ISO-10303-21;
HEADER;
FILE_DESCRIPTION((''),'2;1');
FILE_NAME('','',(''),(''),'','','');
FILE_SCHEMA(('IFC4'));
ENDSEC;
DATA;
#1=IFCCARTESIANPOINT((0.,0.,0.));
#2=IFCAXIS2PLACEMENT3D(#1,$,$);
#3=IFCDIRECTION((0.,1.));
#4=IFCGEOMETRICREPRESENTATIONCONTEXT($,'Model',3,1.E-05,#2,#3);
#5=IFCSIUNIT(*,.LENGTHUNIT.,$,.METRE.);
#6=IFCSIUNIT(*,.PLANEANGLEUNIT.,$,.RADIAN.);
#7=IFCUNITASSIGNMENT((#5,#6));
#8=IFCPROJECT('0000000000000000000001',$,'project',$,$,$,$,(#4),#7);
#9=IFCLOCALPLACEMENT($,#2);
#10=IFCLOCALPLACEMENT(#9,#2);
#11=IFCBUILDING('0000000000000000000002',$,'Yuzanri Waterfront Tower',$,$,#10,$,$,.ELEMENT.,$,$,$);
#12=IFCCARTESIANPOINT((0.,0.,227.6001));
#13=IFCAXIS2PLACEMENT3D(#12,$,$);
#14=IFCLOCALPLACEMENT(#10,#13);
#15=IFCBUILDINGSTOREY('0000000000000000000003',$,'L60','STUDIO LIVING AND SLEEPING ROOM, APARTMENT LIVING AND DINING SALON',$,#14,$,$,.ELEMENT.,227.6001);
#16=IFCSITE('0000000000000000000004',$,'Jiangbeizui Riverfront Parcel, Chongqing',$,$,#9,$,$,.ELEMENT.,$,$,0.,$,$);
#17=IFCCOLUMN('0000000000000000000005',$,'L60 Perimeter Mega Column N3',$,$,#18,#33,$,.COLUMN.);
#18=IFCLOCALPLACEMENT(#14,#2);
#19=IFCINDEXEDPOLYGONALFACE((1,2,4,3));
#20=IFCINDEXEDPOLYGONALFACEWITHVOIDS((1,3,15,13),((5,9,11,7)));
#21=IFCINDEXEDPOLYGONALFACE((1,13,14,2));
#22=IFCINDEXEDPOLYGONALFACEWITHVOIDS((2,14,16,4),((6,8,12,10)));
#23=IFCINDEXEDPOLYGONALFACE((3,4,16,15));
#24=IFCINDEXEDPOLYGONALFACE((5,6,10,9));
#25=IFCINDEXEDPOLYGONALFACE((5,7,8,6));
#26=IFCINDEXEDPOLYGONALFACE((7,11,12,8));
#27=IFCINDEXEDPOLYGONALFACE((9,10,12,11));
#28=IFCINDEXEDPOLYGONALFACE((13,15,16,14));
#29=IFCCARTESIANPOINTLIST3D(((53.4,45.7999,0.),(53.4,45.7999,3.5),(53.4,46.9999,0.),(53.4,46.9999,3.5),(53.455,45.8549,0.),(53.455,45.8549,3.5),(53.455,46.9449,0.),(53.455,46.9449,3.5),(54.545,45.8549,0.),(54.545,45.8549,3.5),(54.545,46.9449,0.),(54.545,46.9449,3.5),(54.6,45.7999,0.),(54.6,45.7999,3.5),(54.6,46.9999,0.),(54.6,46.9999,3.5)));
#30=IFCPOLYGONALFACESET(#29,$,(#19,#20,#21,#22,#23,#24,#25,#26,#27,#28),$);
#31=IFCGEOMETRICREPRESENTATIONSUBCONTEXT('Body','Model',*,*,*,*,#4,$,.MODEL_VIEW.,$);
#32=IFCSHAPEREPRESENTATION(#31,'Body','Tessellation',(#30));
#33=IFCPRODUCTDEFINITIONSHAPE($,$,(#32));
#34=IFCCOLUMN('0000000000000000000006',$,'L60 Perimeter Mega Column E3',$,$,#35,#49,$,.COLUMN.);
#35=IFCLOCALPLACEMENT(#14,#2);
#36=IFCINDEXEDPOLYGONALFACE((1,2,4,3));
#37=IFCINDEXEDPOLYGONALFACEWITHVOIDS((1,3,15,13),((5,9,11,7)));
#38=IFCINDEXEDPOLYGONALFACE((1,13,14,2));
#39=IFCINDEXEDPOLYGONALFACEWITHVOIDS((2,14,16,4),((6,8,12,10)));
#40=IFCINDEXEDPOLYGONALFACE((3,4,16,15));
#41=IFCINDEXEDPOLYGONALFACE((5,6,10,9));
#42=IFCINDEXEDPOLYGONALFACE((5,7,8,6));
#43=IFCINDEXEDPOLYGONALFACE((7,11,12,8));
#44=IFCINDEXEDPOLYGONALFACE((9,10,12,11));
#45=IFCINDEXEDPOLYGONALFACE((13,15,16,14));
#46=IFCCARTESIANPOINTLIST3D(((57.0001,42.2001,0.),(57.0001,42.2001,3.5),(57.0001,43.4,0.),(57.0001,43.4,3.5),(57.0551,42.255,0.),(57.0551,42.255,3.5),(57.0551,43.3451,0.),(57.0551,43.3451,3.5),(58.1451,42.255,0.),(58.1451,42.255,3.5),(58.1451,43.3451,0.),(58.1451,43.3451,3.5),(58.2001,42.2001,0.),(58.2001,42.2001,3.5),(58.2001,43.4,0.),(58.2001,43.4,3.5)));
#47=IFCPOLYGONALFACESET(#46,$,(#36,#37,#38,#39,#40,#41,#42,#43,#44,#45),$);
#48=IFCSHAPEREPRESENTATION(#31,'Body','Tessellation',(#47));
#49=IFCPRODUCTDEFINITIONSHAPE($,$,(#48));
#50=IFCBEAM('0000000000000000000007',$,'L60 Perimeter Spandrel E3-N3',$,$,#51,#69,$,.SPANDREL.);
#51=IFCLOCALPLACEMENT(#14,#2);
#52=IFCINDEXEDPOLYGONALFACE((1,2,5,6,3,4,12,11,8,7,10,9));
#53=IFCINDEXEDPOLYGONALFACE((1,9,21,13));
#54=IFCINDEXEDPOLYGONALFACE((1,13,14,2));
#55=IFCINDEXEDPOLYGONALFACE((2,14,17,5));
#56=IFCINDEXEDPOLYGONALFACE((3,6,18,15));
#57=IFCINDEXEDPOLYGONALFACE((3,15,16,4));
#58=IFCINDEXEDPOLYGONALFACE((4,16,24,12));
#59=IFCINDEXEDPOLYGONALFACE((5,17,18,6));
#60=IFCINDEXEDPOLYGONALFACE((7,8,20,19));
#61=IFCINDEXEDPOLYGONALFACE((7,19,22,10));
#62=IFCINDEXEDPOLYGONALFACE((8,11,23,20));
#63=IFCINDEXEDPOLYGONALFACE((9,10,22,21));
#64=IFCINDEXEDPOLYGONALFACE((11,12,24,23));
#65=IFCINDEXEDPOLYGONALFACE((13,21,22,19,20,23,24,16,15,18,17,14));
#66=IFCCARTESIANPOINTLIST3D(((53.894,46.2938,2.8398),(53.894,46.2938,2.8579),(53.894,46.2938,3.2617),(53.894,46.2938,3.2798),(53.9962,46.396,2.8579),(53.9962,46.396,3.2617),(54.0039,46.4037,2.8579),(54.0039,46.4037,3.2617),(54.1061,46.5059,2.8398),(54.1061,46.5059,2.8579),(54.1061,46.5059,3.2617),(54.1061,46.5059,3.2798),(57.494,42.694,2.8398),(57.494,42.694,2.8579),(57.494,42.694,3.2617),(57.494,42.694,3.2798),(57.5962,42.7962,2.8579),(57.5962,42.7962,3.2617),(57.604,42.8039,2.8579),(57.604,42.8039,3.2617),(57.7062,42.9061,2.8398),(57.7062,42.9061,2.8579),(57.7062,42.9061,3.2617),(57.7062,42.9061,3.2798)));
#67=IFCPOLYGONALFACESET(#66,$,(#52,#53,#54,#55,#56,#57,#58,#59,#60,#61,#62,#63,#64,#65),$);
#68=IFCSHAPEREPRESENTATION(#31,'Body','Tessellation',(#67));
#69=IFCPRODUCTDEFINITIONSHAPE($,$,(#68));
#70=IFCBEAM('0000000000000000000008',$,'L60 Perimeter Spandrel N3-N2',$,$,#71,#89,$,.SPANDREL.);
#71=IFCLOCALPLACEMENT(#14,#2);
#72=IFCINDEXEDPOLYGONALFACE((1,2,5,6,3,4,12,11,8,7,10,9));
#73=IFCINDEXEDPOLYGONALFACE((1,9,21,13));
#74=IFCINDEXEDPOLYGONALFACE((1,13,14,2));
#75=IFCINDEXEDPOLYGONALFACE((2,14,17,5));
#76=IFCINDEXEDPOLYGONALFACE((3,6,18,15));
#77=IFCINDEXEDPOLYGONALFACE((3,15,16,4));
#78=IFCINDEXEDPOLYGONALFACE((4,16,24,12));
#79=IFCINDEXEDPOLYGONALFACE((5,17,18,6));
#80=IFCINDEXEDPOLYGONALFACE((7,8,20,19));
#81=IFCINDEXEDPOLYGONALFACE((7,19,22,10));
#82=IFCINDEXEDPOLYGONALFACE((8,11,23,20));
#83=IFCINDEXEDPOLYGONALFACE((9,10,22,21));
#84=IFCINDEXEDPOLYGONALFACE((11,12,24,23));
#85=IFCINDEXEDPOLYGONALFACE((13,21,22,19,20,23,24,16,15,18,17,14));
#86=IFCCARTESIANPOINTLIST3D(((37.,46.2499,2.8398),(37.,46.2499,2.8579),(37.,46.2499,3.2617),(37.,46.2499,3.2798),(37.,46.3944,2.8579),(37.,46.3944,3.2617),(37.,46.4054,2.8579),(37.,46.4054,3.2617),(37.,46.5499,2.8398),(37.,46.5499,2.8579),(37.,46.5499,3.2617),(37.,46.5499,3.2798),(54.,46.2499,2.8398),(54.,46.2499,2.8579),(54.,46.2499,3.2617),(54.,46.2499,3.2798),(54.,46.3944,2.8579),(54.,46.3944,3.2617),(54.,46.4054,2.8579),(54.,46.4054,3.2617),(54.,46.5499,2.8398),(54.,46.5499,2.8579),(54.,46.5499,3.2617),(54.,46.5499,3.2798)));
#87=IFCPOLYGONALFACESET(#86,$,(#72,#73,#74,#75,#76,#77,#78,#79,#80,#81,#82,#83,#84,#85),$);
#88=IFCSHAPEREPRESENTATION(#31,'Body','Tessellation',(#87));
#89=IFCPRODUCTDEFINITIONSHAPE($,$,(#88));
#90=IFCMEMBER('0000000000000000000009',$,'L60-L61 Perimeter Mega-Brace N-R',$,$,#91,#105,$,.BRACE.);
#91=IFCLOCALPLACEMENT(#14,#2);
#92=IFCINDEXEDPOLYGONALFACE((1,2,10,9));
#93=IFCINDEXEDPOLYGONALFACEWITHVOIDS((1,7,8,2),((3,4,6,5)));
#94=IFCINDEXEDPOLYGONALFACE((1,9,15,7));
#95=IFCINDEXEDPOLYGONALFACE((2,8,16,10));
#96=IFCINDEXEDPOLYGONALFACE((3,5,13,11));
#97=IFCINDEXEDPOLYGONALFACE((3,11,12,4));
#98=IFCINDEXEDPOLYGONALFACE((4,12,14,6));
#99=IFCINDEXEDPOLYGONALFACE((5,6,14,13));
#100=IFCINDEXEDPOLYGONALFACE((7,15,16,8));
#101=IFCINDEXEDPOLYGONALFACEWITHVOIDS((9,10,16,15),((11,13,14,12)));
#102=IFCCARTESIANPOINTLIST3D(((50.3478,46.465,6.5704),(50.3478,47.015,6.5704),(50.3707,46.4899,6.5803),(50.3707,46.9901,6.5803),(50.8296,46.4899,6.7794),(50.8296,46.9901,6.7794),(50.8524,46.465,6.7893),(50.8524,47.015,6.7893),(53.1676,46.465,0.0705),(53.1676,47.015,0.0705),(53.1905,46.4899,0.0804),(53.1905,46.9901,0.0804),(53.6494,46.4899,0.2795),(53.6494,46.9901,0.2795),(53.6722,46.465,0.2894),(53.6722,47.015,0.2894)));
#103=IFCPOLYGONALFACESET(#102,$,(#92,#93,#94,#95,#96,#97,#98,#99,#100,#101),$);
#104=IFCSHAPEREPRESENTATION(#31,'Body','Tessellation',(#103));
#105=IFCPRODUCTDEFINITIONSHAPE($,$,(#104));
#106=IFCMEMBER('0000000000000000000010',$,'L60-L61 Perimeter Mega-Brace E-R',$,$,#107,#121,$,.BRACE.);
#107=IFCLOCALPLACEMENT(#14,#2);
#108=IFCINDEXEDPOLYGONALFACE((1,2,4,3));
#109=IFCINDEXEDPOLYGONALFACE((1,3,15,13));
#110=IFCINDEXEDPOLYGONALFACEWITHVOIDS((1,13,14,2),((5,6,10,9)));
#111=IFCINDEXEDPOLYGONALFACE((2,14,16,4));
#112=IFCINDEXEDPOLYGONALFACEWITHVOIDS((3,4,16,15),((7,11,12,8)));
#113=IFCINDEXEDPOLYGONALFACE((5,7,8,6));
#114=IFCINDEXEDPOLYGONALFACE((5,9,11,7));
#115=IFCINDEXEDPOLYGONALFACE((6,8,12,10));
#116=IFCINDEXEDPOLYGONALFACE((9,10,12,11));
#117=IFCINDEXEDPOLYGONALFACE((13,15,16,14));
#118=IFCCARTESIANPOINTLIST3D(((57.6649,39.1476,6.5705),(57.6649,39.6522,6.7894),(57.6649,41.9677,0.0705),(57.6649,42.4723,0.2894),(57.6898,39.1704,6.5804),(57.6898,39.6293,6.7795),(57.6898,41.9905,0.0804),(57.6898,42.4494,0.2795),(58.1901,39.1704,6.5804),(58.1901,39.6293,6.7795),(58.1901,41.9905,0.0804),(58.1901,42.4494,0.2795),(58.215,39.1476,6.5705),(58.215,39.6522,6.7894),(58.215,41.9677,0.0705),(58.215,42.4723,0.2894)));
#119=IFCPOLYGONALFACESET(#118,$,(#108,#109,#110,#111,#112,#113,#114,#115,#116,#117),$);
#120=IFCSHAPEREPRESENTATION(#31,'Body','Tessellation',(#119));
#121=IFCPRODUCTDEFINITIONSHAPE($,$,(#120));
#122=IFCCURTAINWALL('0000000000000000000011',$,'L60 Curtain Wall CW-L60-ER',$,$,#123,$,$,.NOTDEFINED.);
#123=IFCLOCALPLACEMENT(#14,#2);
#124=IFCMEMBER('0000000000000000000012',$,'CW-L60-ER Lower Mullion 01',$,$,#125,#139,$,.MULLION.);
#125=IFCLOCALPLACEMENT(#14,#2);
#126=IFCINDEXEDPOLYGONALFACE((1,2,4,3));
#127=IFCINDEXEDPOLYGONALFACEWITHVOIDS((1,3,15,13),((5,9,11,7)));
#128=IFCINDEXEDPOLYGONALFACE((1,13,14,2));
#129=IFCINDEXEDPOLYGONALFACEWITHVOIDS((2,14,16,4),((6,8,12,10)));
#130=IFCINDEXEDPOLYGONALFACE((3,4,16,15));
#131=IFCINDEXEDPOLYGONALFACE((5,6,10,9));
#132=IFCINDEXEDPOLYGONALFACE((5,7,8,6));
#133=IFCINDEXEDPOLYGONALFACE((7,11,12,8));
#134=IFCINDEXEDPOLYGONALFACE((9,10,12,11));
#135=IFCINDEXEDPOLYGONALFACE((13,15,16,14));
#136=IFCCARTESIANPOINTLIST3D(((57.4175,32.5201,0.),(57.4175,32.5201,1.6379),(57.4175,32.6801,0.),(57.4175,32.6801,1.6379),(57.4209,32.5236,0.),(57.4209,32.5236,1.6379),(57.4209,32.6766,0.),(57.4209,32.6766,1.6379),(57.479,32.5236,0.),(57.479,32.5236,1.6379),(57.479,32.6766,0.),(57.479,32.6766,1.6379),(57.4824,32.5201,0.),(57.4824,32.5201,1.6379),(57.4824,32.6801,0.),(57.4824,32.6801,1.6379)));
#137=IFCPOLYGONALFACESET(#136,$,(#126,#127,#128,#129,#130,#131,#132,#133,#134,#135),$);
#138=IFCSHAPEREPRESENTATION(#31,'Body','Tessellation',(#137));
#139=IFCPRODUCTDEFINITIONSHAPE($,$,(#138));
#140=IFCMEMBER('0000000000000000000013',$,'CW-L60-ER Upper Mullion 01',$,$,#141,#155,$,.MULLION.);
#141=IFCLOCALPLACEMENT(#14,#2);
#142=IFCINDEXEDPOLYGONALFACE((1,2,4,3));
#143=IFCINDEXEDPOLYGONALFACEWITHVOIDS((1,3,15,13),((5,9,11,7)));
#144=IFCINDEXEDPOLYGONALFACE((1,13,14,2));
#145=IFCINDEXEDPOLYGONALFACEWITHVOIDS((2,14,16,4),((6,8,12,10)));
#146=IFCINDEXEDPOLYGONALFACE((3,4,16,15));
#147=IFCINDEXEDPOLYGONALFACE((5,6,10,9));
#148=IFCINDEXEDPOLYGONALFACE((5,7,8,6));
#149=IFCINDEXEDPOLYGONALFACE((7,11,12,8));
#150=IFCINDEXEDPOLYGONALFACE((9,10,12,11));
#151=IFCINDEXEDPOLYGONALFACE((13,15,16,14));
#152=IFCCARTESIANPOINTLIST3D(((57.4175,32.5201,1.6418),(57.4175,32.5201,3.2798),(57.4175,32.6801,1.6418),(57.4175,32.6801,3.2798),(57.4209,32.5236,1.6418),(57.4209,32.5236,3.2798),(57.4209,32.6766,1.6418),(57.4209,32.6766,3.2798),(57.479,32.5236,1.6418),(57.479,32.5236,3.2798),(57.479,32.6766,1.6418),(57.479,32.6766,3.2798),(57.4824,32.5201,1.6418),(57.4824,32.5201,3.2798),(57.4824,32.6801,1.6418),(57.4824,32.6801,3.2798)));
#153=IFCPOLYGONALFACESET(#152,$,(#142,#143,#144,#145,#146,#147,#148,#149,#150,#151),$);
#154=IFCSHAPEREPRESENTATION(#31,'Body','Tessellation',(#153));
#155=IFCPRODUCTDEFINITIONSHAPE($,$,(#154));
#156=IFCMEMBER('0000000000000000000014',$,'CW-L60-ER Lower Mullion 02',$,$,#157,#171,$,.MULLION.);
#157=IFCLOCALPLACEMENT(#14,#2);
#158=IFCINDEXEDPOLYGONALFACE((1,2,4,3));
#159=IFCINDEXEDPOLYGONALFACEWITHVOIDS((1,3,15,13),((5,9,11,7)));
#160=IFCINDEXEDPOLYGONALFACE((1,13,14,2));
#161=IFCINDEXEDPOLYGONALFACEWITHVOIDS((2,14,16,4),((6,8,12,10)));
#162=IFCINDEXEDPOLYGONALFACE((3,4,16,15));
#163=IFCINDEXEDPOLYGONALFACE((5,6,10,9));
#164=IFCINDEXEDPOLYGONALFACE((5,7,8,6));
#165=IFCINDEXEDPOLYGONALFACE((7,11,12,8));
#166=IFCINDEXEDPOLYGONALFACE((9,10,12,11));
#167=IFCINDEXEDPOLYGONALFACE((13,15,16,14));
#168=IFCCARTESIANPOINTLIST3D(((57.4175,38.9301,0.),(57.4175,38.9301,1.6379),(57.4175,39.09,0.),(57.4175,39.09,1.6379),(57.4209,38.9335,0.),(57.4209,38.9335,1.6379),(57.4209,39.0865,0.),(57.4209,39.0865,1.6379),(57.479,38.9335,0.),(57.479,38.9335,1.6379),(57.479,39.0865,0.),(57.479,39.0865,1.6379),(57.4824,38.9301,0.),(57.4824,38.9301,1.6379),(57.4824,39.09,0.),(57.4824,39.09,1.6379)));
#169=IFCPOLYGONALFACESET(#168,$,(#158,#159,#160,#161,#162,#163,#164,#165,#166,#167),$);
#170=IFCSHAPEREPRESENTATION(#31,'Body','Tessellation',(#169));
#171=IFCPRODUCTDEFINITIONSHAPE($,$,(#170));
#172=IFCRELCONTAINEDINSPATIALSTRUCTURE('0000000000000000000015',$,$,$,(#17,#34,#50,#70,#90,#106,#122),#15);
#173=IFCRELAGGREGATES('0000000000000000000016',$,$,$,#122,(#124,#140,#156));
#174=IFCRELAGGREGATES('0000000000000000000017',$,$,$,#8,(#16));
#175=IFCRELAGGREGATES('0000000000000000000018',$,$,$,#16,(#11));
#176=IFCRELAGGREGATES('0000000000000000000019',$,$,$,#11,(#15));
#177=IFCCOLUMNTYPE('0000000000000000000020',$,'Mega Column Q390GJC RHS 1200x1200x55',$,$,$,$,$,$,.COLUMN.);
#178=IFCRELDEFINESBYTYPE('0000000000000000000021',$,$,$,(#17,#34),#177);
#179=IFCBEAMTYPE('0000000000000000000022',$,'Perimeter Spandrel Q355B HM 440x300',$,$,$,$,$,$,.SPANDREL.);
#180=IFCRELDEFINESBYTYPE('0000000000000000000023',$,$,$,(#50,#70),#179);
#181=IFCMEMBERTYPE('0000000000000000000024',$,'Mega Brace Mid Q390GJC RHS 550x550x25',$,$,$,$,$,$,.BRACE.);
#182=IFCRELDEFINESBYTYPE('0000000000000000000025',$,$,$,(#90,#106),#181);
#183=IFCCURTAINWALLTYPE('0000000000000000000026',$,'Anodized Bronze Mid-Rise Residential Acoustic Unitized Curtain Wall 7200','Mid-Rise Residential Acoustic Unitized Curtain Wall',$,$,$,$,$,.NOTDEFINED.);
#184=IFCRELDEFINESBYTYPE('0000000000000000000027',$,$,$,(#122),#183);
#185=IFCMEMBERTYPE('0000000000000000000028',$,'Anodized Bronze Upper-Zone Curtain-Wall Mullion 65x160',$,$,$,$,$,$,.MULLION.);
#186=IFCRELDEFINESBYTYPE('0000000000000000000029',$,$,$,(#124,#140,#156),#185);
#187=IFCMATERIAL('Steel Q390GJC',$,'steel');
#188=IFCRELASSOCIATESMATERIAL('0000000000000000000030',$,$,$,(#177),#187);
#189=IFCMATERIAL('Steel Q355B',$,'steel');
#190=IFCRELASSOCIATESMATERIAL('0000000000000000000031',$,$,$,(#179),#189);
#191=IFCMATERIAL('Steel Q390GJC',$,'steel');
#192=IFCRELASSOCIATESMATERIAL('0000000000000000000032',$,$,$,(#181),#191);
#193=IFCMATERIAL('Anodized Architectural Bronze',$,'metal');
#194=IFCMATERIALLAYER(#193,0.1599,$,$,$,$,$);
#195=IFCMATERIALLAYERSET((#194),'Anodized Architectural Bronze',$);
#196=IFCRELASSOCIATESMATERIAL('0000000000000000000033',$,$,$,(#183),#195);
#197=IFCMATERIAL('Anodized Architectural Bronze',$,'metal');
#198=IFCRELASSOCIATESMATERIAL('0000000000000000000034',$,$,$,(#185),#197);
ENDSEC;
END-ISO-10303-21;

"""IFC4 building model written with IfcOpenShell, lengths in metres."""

from ifc_helpers import new_model, si_unit, direction, frame, origin, origin_2d, place, context, subcontext, project, spatial, hollow_rectangle, i_section, extrude, source, transform, mapped, material, layer, layer_set, material_profile, profile_set, type_object, element, aggregate, save


model = new_model("IFC4")

# Units and contexts
model_context = context("Model", 3, precision=1e-05, world=origin(), true_north=direction((0.0, 1.0)))
body_context = subcontext(model_context, "Body", "Model", "MODEL_VIEW")
ifc_project = project(units=[si_unit("LENGTHUNIT", "METRE"), si_unit("PLANEANGLEUNIT", "RADIAN")], contexts=[model_context])

# Site, building, storey
site_placement = place(None, origin())
site = spatial("IfcSite", under=ifc_project, at=site_placement, Name="Jiangbeizui Riverfront Parcel, Chongqing", CompositionType="ELEMENT", RefElevation=0.0)
building_placement = place(site_placement, origin())
building = spatial("IfcBuilding", under=site, at=building_placement, Name="Yuzanri Waterfront Tower", CompositionType="ELEMENT")
storey_placement = place(building_placement, frame((0.0, 0.0, 227.6001)))
storey = spatial("IfcBuildingStorey", under=building, at=storey_placement, Name="L60", Description="STUDIO LIVING AND SLEEPING ROOM, APARTMENT LIVING AND DINING SALON", CompositionType="ELEMENT", Elevation=227.6001)

# Columns
ifc_material_1 = material(Name="Steel Q390GJC", Category="steel")
ifc_material_profile_1 = material_profile(ifc_material_1, hollow_rectangle(XDim=1.2, YDim=1.2, WallThickness=0.0549, at=origin_2d()), Name="RHS 1200x1200x55")
ifc_profile_set_1 = profile_set([ifc_material_profile_1], Name="Steel Q390GJC")
column_type = type_object("IfcColumnType", Name="Mega Column Q390GJC RHS 1200x1200x55", PredefinedType="COLUMN", material=ifc_profile_set_1)
shared_shape_1 = source(origin(), body_context, "Body", "SweptSolid", [
    extrude(hollow_rectangle(XDim=1.2, YDim=1.2, WallThickness=0.0549, at=origin_2d()), origin(), (0.0, 0.0, 1.0), 3.5),
])
for number, where, z_axis, x_axis, name in (
    (1, (54.0, 46.3999, 0.0), (0.0, 0.0, 1.0), (1.0, 0.0, 0.0), "L60 Perimeter Mega Column N3"),
    (2, (57.6001, 42.8, 0.0), (0.0, 0.0, 1.0), (1.0, 0.0, 0.0), "L60 Perimeter Mega Column E3"),
):
    element("IfcColumn", number, at=place(storey_placement, frame(where, z_axis=z_axis, x_axis=x_axis)), inside=storey, type_object=column_type, Name=name, PredefinedType="COLUMN", context=body_context, shape_type="MappedRepresentation", body=[
        mapped(shared_shape_1, transform((0.0, 0.0, 0.0), scale=1.0)),
    ])

# Beams
ifc_material_2 = material(Name="Steel Q355B", Category="steel")
ifc_material_profile_2 = material_profile(ifc_material_2, i_section(OverallWidth=0.3, OverallDepth=0.4399, WebThickness=0.011, FlangeThickness=0.0181, at=origin_2d()), Name="HM 440x300x11x18")
ifc_profile_set_2 = profile_set([ifc_material_profile_2], Name="Steel Q355B")
beam_type = type_object("IfcBeamType", Name="Perimeter Spandrel Q355B HM 440x300", PredefinedType="SPANDREL", material=ifc_profile_set_2)
shared_shape_2 = source(origin(), body_context, "Body", "SweptSolid", [
    extrude(i_section(OverallWidth=0.3, OverallDepth=0.4399, WebThickness=0.011, FlangeThickness=0.0181, at=origin_2d()), origin(), (0.0, 0.0, 1.0), 5.0911),
])
beam_1_placement = place(storey_placement, frame((57.6001, 42.8, 3.0598), z_axis=(-0.707131, 0.707083, 0.0), x_axis=(-0.707083, -0.707131, 0.0)))
element("IfcBeam", 3, at=beam_1_placement, inside=storey, type_object=beam_type, Name="L60 Perimeter Spandrel E3-N3", PredefinedType="SPANDREL", context=body_context, shape_type="MappedRepresentation", body=[
    mapped(shared_shape_2, transform((0.0, 0.0, 0.0), scale=1.0)),
])
shared_shape_3 = source(origin(), body_context, "Body", "SweptSolid", [
    extrude(i_section(OverallWidth=0.3, OverallDepth=0.4399, WebThickness=0.011, FlangeThickness=0.0181, at=origin_2d()), origin(), (0.0, 0.0, 1.0), 17.0),
])
beam_2_placement = place(storey_placement, frame((54.0, 46.3999, 3.0598), z_axis=(-1.0, 0.0, 0.0), x_axis=(0.0, -1.0, 0.0)))
element("IfcBeam", 4, at=beam_2_placement, inside=storey, type_object=beam_type, Name="L60 Perimeter Spandrel N3-N2", PredefinedType="SPANDREL", context=body_context, shape_type="MappedRepresentation", body=[
    mapped(shared_shape_3, transform((0.0, 0.0, 0.0), scale=1.0)),
])

# Members
ifc_material_3 = material(Name="Steel Q390GJC", Category="steel")
ifc_material_profile_3 = material_profile(ifc_material_3, hollow_rectangle(XDim=0.55, YDim=0.55, WallThickness=0.0249, at=origin_2d()), Name="RHS 550x550x25")
ifc_profile_set_3 = profile_set([ifc_material_profile_3], Name="Steel Q390GJC")
member_type_1 = type_object("IfcMemberType", Name="Mega Brace Mid Q390GJC RHS 550x550x25", PredefinedType="BRACE", material=ifc_profile_set_3)
shared_shape_4 = source(origin(), body_context, "Body", "SweptSolid", [
    extrude(hollow_rectangle(XDim=0.55, YDim=0.55, WallThickness=0.0249, at=origin_2d()), origin(), (0.0, 0.0, 1.0), 7.0852),
])
member_1_placement = place(storey_placement, frame((53.4199, 46.74, 0.1799), z_axis=(-0.397983, 0.0, 0.917393), x_axis=(0.0, -1.0, 0.0)))
element("IfcMember", 5, at=member_1_placement, inside=storey, type_object=member_type_1, Name="L60-L61 Perimeter Mega-Brace N-R", PredefinedType="BRACE", context=body_context, shape_type="MappedRepresentation", body=[
    mapped(shared_shape_4, transform((0.0, 0.0, 0.0), scale=1.0)),
])
shared_shape_5 = source(origin(), body_context, "Body", "SweptSolid", [
    extrude(hollow_rectangle(XDim=0.55, YDim=0.55, WallThickness=0.0249, at=origin_2d()), origin(), (0.0, 0.0, 1.0), 7.0854),
])
member_2_placement = place(storey_placement, frame((57.9399, 42.22, 0.1799), z_axis=(0.0, -0.398012, 0.91738), x_axis=(1.0, 0.0, 0.0)))
element("IfcMember", 6, at=member_2_placement, inside=storey, type_object=member_type_1, Name="L60-L61 Perimeter Mega-Brace E-R", PredefinedType="BRACE", context=body_context, shape_type="MappedRepresentation", body=[
    mapped(shared_shape_5, transform((0.0, 0.0, 0.0), scale=1.0)),
])

# Curtain wall, members
ifc_material_4 = material(Name="Anodized Architectural Bronze", Category="metal")
ifc_layer_1 = layer(ifc_material_4, 0.1599)
ifc_layer_set_1 = layer_set([ifc_layer_1], Name="Anodized Architectural Bronze")
curtain_wall_type = type_object("IfcCurtainWallType", Name="Anodized Bronze Mid-Rise Residential Acoustic Unitized Curtain Wall 7200", Description="Mid-Rise Residential Acoustic Unitized Curtain Wall", PredefinedType="NOTDEFINED", material=ifc_layer_set_1)
curtain_wall_placement = place(storey_placement, origin())
curtain_wall = element("IfcCurtainWall", 7, at=curtain_wall_placement, inside=storey, type_object=curtain_wall_type, Name="L60 Curtain Wall CW-L60-ER", PredefinedType="NOTDEFINED")
ifc_material_5 = material(Name="Anodized Architectural Bronze", Category="metal")
ifc_material_profile_4 = material_profile(ifc_material_5, hollow_rectangle(XDim=0.0649, YDim=0.1599, WallThickness=0.0034, at=origin_2d()), Name="CWM 65x160")
ifc_profile_set_4 = profile_set([ifc_material_profile_4], Name="Anodized Architectural Bronze")
member_type_2 = type_object("IfcMemberType", Name="Anodized Bronze Upper-Zone Curtain-Wall Mullion 65x160", PredefinedType="MULLION", material=ifc_profile_set_4)
shared_shape_6 = source(origin(), body_context, "Body", "SweptSolid", [
    extrude(hollow_rectangle(XDim=0.0649, YDim=0.1599, WallThickness=0.0034, at=origin_2d()), origin(), (0.0, 0.0, 1.0), 1.6379),
])
member_3_placement = place(storey_placement, frame((57.45, 32.6001, 0.0), z_axis=(0.0, 0.0, 1.0), x_axis=(1.0, 0.0, 0.0)))
member_3 = element("IfcMember", 8, at=member_3_placement, type_object=member_type_2, Name="CW-L60-ER Lower Mullion 01", PredefinedType="MULLION", context=body_context, shape_type="MappedRepresentation", body=[
    mapped(shared_shape_6, transform((0.0, 0.0, 0.0), scale=1.0)),
])
member_4_placement = place(storey_placement, frame((57.45, 32.6001, 1.6418), z_axis=(0.0, 0.0, 1.0), x_axis=(1.0, 0.0, 0.0)))
member_4 = element("IfcMember", 9, at=member_4_placement, type_object=member_type_2, Name="CW-L60-ER Upper Mullion 01", PredefinedType="MULLION", context=body_context, shape_type="MappedRepresentation", body=[
    mapped(shared_shape_6, transform((0.0, 0.0, 0.0), scale=1.0)),
])
member_5_placement = place(storey_placement, frame((57.45, 39.01, 0.0), z_axis=(0.0, 0.0, 1.0), x_axis=(1.0, 0.0, 0.0)))
member_5 = element("IfcMember", 10, at=member_5_placement, type_object=member_type_2, Name="CW-L60-ER Lower Mullion 02", PredefinedType="MULLION", context=body_context, shape_type="MappedRepresentation", body=[
    mapped(shared_shape_6, transform((0.0, 0.0, 0.0), scale=1.0)),
])

aggregate(curtain_wall, [member_3, member_4, member_5])

save(model, "model.ifc")
